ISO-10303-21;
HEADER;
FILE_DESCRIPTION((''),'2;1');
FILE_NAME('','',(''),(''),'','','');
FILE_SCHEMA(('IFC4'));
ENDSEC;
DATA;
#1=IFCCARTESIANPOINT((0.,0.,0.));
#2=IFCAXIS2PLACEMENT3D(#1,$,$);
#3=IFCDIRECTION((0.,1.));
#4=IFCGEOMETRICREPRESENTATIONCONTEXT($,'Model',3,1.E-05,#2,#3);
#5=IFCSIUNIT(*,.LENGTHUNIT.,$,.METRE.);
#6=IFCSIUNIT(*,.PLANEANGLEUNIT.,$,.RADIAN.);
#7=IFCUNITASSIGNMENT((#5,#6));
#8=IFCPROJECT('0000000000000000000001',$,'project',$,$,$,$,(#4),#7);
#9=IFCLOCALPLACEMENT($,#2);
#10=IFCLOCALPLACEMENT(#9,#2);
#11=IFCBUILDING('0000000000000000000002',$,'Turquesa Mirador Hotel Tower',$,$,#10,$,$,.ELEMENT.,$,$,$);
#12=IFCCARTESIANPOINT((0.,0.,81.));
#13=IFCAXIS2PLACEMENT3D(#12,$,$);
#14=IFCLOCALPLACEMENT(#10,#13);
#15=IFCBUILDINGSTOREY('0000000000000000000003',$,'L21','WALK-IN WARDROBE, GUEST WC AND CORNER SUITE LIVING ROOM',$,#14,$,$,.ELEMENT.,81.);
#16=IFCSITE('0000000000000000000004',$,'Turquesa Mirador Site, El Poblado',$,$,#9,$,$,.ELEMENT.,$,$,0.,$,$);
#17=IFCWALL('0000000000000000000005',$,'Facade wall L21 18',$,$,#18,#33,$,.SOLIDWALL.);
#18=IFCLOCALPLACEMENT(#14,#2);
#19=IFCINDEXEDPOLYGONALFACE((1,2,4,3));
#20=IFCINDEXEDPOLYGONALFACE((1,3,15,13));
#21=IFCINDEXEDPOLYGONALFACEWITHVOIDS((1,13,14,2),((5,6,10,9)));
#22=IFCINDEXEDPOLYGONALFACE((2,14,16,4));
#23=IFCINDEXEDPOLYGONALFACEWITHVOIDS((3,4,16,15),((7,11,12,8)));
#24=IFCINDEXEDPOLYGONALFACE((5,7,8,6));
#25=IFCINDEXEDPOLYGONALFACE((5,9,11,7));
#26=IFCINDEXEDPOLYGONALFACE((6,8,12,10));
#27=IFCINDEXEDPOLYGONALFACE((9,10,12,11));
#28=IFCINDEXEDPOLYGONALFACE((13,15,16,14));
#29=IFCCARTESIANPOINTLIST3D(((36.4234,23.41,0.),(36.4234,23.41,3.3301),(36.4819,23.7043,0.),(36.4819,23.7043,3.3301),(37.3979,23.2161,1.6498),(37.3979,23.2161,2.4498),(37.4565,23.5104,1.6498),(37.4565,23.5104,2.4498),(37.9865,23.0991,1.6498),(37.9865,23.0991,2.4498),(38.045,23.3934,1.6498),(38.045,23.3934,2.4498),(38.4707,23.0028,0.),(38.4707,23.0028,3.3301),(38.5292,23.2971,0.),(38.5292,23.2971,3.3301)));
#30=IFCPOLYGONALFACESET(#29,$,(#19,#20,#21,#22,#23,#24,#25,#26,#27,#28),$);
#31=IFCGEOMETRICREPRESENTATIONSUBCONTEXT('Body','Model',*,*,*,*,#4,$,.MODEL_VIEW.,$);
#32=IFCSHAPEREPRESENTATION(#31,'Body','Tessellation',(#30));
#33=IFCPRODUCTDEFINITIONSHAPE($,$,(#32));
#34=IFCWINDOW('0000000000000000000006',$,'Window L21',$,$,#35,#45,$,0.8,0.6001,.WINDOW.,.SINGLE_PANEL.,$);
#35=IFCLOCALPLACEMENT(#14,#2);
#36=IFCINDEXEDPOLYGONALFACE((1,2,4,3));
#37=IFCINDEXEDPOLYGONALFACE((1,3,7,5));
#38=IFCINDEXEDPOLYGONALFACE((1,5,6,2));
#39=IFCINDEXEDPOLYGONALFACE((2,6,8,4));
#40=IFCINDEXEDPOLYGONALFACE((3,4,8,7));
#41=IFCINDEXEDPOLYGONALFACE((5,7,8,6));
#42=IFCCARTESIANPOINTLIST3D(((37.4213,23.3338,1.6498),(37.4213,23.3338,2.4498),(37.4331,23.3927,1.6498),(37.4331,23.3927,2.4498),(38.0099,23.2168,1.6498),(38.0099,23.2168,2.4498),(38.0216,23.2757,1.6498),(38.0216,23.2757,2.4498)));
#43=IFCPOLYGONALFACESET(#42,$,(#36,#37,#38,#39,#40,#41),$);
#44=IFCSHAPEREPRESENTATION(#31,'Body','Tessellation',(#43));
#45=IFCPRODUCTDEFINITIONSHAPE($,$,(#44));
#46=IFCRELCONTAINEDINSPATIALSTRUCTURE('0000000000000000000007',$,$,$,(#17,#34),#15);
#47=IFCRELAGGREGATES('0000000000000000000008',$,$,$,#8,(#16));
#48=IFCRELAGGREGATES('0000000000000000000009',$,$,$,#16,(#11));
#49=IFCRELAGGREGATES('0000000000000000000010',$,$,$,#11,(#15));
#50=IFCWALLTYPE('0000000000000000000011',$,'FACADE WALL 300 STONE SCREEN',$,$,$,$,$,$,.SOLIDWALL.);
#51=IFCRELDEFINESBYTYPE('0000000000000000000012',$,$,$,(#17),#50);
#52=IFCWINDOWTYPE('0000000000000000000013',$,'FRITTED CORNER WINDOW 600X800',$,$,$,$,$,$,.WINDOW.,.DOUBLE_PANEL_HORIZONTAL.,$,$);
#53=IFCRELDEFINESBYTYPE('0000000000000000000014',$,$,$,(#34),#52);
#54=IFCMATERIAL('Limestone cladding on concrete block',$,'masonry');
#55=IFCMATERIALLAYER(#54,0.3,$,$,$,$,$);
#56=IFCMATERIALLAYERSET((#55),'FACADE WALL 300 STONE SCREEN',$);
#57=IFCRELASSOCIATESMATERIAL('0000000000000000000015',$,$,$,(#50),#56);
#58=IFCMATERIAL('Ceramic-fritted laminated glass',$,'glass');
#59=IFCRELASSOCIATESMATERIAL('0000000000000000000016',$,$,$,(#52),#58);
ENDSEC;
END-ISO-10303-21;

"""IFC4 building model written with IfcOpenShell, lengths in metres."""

from ifc_helpers import new_model, si_unit, direction, frame, frame_2d, origin, place, context, subcontext, project, spatial, rectangle, extrude, material, layer, layer_set, type_object, element, fill, save


model = new_model("IFC4")

# Units and contexts
model_context = context("Model", 3, precision=1e-05, world=origin(), true_north=direction((0.0, 1.0)))
body_context = subcontext(model_context, "Body", "Model", "MODEL_VIEW")
ifc_project = project(units=[si_unit("LENGTHUNIT", "METRE"), si_unit("PLANEANGLEUNIT", "RADIAN")], contexts=[model_context])

# Site, building, storey
site_placement = place(None, origin())
site = spatial("IfcSite", under=ifc_project, at=site_placement, Name="Turquesa Mirador Site, El Poblado", CompositionType="ELEMENT", RefElevation=0.0)
building_placement = place(site_placement, origin())
building = spatial("IfcBuilding", under=site, at=building_placement, Name="Turquesa Mirador Hotel Tower", CompositionType="ELEMENT")
storey_placement = place(building_placement, frame((0.0, 0.0, 81.0)))
storey = spatial("IfcBuildingStorey", under=building, at=storey_placement, Name="L21", Description="WALK-IN WARDROBE, GUEST WC AND CORNER SUITE LIVING ROOM", CompositionType="ELEMENT", Elevation=81.0)

# Wall, opening, window
ifc_material_1 = material(Name="Limestone cladding on concrete block", Category="masonry")
ifc_layer_1 = layer(ifc_material_1, 0.3)
ifc_layer_set_1 = layer_set([ifc_layer_1], Name="FACADE WALL 300 STONE SCREEN")
wall_type = type_object("IfcWallType", Name="FACADE WALL 300 STONE SCREEN", PredefinedType="SOLIDWALL", material=ifc_layer_set_1)
ifc_material_2 = material(Name="Ceramic-fritted laminated glass", Category="glass")
window_type_1 = type_object("IfcWindowType", Name="FRITTED CORNER WINDOW 600X800", PartitioningType="DOUBLE_PANEL_HORIZONTAL", PredefinedType="WINDOW", material=ifc_material_2)
wall_1_placement = place(storey_placement, frame((36.4526, 23.5571, 0.0), z_axis=(0.0, 0.0, 1.0), x_axis=(0.980787, -0.195081, 0.0)))
wall_1 = element("IfcWall", 1, at=wall_1_placement, inside=storey, type_object=wall_type, Name="Facade wall L21 18", PredefinedType="SOLIDWALL", context=body_context, shape_type="SweptSolid", body=[
    extrude(rectangle(XDim=2.0874, YDim=0.3, at=frame_2d((1.0437, 0.0))), origin(), (0.0, 0.0, 1.0), 3.3301),
])
opening_1_placement = place(wall_1_placement, frame((0.9937, 0.0, 1.6499)))
opening_1 = element("IfcOpeningElement", 2, at=opening_1_placement, cuts=wall_1, PredefinedType="OPENING", context=body_context, shape_type="SweptSolid", body=[
    extrude(rectangle(XDim=0.6001, YDim=0.8, at=frame_2d((0.3, 0.3999))), frame((0.0, 0.1599, 0.0), z_axis=(0.0, -1.0, 0.0), x_axis=(1.0, 0.0, 0.0)), (0.0, 0.0, 1.0), 0.3201),
])
window_1_placement = place(opening_1_placement, origin())
window_1 = element("IfcWindow", 3, at=window_1_placement, inside=storey, type_object=window_type_1, Name="Window L21", OverallHeight=0.8, OverallWidth=0.6001, PartitioningType="SINGLE_PANEL", PredefinedType="WINDOW", context=body_context, shape_type="SweptSolid", body=[
    extrude(rectangle(XDim=0.6001, YDim=0.8, at=frame_2d((0.3, 0.3999))), frame((0.0, 0.03, 0.0), z_axis=(0.0, -1.0, 0.0), x_axis=(1.0, 0.0, 0.0)), (0.0, 0.0, 1.0), 0.0601),
])
fill(opening_1, window_1)

save(model, "model.ifc")
